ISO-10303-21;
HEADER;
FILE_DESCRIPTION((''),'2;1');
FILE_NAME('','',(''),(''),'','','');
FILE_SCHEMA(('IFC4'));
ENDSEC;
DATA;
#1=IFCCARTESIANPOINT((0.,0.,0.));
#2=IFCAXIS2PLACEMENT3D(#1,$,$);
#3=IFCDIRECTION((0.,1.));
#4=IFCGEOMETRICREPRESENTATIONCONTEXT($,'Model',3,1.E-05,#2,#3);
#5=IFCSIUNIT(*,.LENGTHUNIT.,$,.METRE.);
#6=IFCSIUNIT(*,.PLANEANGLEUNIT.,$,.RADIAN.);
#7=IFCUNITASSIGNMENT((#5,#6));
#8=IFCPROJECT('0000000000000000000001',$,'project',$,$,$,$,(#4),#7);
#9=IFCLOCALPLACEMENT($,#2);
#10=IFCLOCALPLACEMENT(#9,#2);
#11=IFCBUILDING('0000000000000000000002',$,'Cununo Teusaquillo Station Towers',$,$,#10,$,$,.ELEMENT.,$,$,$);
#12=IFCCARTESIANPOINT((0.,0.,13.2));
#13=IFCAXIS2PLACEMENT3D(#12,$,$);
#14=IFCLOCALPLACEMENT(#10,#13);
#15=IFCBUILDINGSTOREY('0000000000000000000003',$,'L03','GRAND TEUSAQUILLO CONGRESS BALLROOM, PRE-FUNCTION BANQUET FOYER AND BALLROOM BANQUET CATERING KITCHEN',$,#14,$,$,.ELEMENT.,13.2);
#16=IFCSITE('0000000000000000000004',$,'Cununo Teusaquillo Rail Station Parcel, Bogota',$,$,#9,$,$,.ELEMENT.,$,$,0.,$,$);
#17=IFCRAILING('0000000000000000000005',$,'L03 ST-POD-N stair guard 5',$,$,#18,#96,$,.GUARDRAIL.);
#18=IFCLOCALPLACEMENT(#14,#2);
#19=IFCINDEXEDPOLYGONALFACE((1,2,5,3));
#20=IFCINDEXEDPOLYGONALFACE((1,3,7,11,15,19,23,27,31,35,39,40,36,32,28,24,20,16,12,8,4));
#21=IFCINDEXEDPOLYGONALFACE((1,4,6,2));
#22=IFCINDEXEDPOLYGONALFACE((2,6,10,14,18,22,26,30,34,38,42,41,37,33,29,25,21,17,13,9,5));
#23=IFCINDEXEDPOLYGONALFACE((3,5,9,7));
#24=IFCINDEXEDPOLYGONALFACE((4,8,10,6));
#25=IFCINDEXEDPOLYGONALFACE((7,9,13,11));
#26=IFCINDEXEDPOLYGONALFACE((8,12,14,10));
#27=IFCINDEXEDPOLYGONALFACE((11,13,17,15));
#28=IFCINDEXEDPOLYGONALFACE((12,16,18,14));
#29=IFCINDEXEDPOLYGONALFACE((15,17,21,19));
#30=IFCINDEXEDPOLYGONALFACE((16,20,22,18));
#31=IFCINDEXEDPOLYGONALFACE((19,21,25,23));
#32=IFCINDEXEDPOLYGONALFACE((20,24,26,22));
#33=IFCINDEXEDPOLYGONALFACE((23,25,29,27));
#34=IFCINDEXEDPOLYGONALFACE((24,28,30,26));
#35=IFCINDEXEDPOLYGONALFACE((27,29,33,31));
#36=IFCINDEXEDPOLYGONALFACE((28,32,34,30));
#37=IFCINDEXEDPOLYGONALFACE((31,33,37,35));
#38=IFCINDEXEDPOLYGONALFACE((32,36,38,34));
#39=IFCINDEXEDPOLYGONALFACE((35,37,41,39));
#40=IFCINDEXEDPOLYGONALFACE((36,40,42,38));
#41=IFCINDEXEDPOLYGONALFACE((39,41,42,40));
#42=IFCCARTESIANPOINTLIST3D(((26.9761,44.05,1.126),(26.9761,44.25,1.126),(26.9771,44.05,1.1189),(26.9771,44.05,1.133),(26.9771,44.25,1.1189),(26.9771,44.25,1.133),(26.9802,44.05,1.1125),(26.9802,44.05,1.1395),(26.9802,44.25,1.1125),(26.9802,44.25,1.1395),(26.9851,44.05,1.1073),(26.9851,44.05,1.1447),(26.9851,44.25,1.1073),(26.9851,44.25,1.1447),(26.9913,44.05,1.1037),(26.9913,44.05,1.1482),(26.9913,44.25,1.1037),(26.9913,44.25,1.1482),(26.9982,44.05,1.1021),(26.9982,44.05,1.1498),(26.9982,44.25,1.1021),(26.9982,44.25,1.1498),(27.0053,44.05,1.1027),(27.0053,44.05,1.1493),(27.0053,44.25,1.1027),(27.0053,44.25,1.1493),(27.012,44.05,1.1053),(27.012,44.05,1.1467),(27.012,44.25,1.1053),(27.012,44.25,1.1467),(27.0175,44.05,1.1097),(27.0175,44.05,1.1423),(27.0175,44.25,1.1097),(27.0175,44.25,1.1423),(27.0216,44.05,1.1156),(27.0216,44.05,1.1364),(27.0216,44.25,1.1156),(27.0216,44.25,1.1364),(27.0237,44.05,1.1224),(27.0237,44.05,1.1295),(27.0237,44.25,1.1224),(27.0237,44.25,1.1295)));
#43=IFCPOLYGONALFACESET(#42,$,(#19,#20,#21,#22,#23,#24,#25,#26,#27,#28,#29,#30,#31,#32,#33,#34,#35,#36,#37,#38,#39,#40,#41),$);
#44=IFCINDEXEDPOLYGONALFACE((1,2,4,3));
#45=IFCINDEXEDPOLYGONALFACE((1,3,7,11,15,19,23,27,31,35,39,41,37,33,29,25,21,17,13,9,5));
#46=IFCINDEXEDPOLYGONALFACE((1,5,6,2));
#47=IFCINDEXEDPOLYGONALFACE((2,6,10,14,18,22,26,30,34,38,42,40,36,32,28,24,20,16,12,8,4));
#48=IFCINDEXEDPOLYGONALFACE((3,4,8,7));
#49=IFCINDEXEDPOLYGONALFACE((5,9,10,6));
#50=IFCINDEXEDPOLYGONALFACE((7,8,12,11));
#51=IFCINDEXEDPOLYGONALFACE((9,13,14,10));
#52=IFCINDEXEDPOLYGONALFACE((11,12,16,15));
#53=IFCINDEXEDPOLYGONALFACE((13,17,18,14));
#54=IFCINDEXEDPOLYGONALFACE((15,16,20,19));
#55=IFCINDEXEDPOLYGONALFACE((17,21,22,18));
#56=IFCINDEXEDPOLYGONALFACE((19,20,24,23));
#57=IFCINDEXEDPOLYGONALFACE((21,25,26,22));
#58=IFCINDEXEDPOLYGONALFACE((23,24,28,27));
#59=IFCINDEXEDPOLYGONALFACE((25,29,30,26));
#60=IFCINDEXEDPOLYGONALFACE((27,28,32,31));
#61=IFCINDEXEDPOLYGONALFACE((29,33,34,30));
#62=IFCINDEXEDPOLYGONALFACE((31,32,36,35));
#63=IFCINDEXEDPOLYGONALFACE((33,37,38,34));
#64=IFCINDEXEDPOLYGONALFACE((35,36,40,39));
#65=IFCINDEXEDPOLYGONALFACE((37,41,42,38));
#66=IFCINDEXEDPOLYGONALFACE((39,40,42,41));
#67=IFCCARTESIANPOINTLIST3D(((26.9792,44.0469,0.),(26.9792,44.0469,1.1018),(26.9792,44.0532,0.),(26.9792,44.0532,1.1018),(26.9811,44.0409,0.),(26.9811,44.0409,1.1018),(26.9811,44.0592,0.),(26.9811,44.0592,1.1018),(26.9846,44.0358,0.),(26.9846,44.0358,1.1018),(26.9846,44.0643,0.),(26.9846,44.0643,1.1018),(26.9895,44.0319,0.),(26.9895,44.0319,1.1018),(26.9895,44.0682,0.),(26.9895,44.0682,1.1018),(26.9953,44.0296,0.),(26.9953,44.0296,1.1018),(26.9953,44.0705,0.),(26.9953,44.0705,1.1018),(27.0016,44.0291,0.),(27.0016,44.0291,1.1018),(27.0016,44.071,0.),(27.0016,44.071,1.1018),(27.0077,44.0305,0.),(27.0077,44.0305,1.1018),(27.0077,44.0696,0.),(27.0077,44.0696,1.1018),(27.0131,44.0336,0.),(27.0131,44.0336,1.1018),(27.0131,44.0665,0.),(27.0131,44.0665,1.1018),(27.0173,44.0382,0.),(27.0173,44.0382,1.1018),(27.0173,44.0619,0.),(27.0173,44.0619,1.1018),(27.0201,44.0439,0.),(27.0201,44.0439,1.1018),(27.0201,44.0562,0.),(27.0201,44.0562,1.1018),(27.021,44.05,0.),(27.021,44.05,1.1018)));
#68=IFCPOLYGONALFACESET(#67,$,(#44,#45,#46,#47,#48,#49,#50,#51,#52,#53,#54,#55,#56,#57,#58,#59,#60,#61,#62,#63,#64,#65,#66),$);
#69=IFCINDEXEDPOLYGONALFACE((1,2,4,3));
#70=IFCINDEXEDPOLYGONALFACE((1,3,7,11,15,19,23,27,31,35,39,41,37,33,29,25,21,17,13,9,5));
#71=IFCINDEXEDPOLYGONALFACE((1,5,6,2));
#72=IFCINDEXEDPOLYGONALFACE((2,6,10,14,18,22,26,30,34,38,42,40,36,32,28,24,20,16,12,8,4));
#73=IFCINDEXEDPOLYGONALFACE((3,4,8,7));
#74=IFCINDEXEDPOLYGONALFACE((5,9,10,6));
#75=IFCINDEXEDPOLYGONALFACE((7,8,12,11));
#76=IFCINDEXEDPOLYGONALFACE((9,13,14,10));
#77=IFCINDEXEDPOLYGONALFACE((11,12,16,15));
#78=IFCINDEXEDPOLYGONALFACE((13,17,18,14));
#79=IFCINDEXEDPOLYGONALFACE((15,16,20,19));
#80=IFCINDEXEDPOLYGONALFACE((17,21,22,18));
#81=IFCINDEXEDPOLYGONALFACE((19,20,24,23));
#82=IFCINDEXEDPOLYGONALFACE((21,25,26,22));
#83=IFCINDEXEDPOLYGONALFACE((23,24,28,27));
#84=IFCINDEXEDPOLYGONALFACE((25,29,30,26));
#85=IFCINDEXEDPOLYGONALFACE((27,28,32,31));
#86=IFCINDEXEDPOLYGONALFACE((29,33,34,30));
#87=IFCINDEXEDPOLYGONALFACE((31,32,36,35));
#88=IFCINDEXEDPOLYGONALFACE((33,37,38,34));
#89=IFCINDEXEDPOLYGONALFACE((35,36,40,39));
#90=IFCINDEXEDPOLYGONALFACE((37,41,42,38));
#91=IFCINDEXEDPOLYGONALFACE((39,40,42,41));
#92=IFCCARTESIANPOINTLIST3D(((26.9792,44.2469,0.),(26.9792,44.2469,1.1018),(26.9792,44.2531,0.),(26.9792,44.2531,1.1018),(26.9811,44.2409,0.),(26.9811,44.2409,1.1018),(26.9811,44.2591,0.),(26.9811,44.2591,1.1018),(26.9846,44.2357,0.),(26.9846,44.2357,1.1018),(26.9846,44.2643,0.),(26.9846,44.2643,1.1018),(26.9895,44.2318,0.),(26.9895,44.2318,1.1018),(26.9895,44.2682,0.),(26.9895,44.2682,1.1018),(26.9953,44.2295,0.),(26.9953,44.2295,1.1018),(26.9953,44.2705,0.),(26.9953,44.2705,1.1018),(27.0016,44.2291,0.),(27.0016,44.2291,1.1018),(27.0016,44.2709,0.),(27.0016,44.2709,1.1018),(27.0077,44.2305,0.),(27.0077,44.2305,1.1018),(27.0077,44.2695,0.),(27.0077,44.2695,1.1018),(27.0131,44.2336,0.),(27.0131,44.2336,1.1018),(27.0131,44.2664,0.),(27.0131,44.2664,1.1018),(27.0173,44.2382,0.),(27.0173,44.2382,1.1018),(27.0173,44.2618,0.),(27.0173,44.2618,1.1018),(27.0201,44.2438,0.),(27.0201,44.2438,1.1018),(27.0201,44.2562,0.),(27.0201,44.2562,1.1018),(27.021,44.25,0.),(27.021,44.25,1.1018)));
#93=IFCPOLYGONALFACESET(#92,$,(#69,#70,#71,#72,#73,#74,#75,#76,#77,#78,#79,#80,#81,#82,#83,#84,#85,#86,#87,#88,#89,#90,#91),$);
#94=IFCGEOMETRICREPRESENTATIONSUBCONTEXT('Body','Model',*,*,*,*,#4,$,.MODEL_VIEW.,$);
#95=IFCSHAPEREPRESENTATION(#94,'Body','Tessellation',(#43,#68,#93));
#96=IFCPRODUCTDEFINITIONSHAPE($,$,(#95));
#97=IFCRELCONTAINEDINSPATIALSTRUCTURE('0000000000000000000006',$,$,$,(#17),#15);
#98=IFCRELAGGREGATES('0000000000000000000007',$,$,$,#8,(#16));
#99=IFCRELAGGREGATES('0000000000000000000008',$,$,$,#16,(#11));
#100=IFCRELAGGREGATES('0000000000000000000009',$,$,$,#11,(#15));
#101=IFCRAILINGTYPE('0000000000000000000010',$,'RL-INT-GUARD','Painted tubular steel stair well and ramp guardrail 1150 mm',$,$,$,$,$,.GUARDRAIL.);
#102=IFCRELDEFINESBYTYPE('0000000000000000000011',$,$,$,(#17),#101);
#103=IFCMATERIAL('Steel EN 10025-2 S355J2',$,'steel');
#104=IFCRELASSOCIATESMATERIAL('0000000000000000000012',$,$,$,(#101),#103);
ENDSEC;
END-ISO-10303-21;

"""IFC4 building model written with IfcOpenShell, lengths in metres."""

from ifc_helpers import new_model, si_unit, direction, frame, origin, origin_2d, place, context, subcontext, project, spatial, circle, extrude, material, type_object, element, save


model = new_model("IFC4")

# Units and contexts
model_context = context("Model", 3, precision=1e-05, world=origin(), true_north=direction((0.0, 1.0)))
body_context = subcontext(model_context, "Body", "Model", "MODEL_VIEW")
ifc_project = project(units=[si_unit("LENGTHUNIT", "METRE"), si_unit("PLANEANGLEUNIT", "RADIAN")], contexts=[model_context])

# Site, building, storey
site_placement = place(None, origin())
site = spatial("IfcSite", under=ifc_project, at=site_placement, Name="Cununo Teusaquillo Rail Station Parcel, Bogota", CompositionType="ELEMENT", RefElevation=0.0)
building_placement = place(site_placement, origin())
building = spatial("IfcBuilding", under=site, at=building_placement, Name="Cununo Teusaquillo Station Towers", CompositionType="ELEMENT")
storey_placement = place(building_placement, frame((0.0, 0.0, 13.2)))
storey = spatial("IfcBuildingStorey", under=building, at=storey_placement, Name="L03", Description="GRAND TEUSAQUILLO CONGRESS BALLROOM, PRE-FUNCTION BANQUET FOYER AND BALLROOM BANQUET CATERING KITCHEN", CompositionType="ELEMENT", Elevation=13.2)

# Railing
ifc_material_1 = material(Name="Steel EN 10025-2 S355J2", Category="steel")
railing_type_1 = type_object("IfcRailingType", Name="RL-INT-GUARD", Description="Painted tubular steel stair well and ramp guardrail 1150 mm", PredefinedType="GUARDRAIL", material=ifc_material_1)
railing_1_placement = place(storey_placement, frame((27.0, 44.05, 0.0)))
element("IfcRailing", 1, at=railing_1_placement, inside=storey, type_object=railing_type_1, Name="L03 ST-POD-N stair guard 5", PredefinedType="GUARDRAIL", context=body_context, shape_type="SweptSolid", body=[
    extrude(circle(Radius=0.0239, at=origin_2d()), frame((0.0, 0.0, 1.126), z_axis=(0.0, 1.0, 0.0), x_axis=(-1.0, 0.0, 0.0)), (0.0, 0.0, 1.0), 0.2),
    extrude(circle(Radius=0.021, at=origin_2d()), origin(), (0.0, 0.0, 1.0), 1.1018),
    extrude(circle(Radius=0.021, at=origin_2d()), frame((0.0, 0.2, 0.0)), (0.0, 0.0, 1.0), 1.1018),
])

save(model, "model.ifc")
